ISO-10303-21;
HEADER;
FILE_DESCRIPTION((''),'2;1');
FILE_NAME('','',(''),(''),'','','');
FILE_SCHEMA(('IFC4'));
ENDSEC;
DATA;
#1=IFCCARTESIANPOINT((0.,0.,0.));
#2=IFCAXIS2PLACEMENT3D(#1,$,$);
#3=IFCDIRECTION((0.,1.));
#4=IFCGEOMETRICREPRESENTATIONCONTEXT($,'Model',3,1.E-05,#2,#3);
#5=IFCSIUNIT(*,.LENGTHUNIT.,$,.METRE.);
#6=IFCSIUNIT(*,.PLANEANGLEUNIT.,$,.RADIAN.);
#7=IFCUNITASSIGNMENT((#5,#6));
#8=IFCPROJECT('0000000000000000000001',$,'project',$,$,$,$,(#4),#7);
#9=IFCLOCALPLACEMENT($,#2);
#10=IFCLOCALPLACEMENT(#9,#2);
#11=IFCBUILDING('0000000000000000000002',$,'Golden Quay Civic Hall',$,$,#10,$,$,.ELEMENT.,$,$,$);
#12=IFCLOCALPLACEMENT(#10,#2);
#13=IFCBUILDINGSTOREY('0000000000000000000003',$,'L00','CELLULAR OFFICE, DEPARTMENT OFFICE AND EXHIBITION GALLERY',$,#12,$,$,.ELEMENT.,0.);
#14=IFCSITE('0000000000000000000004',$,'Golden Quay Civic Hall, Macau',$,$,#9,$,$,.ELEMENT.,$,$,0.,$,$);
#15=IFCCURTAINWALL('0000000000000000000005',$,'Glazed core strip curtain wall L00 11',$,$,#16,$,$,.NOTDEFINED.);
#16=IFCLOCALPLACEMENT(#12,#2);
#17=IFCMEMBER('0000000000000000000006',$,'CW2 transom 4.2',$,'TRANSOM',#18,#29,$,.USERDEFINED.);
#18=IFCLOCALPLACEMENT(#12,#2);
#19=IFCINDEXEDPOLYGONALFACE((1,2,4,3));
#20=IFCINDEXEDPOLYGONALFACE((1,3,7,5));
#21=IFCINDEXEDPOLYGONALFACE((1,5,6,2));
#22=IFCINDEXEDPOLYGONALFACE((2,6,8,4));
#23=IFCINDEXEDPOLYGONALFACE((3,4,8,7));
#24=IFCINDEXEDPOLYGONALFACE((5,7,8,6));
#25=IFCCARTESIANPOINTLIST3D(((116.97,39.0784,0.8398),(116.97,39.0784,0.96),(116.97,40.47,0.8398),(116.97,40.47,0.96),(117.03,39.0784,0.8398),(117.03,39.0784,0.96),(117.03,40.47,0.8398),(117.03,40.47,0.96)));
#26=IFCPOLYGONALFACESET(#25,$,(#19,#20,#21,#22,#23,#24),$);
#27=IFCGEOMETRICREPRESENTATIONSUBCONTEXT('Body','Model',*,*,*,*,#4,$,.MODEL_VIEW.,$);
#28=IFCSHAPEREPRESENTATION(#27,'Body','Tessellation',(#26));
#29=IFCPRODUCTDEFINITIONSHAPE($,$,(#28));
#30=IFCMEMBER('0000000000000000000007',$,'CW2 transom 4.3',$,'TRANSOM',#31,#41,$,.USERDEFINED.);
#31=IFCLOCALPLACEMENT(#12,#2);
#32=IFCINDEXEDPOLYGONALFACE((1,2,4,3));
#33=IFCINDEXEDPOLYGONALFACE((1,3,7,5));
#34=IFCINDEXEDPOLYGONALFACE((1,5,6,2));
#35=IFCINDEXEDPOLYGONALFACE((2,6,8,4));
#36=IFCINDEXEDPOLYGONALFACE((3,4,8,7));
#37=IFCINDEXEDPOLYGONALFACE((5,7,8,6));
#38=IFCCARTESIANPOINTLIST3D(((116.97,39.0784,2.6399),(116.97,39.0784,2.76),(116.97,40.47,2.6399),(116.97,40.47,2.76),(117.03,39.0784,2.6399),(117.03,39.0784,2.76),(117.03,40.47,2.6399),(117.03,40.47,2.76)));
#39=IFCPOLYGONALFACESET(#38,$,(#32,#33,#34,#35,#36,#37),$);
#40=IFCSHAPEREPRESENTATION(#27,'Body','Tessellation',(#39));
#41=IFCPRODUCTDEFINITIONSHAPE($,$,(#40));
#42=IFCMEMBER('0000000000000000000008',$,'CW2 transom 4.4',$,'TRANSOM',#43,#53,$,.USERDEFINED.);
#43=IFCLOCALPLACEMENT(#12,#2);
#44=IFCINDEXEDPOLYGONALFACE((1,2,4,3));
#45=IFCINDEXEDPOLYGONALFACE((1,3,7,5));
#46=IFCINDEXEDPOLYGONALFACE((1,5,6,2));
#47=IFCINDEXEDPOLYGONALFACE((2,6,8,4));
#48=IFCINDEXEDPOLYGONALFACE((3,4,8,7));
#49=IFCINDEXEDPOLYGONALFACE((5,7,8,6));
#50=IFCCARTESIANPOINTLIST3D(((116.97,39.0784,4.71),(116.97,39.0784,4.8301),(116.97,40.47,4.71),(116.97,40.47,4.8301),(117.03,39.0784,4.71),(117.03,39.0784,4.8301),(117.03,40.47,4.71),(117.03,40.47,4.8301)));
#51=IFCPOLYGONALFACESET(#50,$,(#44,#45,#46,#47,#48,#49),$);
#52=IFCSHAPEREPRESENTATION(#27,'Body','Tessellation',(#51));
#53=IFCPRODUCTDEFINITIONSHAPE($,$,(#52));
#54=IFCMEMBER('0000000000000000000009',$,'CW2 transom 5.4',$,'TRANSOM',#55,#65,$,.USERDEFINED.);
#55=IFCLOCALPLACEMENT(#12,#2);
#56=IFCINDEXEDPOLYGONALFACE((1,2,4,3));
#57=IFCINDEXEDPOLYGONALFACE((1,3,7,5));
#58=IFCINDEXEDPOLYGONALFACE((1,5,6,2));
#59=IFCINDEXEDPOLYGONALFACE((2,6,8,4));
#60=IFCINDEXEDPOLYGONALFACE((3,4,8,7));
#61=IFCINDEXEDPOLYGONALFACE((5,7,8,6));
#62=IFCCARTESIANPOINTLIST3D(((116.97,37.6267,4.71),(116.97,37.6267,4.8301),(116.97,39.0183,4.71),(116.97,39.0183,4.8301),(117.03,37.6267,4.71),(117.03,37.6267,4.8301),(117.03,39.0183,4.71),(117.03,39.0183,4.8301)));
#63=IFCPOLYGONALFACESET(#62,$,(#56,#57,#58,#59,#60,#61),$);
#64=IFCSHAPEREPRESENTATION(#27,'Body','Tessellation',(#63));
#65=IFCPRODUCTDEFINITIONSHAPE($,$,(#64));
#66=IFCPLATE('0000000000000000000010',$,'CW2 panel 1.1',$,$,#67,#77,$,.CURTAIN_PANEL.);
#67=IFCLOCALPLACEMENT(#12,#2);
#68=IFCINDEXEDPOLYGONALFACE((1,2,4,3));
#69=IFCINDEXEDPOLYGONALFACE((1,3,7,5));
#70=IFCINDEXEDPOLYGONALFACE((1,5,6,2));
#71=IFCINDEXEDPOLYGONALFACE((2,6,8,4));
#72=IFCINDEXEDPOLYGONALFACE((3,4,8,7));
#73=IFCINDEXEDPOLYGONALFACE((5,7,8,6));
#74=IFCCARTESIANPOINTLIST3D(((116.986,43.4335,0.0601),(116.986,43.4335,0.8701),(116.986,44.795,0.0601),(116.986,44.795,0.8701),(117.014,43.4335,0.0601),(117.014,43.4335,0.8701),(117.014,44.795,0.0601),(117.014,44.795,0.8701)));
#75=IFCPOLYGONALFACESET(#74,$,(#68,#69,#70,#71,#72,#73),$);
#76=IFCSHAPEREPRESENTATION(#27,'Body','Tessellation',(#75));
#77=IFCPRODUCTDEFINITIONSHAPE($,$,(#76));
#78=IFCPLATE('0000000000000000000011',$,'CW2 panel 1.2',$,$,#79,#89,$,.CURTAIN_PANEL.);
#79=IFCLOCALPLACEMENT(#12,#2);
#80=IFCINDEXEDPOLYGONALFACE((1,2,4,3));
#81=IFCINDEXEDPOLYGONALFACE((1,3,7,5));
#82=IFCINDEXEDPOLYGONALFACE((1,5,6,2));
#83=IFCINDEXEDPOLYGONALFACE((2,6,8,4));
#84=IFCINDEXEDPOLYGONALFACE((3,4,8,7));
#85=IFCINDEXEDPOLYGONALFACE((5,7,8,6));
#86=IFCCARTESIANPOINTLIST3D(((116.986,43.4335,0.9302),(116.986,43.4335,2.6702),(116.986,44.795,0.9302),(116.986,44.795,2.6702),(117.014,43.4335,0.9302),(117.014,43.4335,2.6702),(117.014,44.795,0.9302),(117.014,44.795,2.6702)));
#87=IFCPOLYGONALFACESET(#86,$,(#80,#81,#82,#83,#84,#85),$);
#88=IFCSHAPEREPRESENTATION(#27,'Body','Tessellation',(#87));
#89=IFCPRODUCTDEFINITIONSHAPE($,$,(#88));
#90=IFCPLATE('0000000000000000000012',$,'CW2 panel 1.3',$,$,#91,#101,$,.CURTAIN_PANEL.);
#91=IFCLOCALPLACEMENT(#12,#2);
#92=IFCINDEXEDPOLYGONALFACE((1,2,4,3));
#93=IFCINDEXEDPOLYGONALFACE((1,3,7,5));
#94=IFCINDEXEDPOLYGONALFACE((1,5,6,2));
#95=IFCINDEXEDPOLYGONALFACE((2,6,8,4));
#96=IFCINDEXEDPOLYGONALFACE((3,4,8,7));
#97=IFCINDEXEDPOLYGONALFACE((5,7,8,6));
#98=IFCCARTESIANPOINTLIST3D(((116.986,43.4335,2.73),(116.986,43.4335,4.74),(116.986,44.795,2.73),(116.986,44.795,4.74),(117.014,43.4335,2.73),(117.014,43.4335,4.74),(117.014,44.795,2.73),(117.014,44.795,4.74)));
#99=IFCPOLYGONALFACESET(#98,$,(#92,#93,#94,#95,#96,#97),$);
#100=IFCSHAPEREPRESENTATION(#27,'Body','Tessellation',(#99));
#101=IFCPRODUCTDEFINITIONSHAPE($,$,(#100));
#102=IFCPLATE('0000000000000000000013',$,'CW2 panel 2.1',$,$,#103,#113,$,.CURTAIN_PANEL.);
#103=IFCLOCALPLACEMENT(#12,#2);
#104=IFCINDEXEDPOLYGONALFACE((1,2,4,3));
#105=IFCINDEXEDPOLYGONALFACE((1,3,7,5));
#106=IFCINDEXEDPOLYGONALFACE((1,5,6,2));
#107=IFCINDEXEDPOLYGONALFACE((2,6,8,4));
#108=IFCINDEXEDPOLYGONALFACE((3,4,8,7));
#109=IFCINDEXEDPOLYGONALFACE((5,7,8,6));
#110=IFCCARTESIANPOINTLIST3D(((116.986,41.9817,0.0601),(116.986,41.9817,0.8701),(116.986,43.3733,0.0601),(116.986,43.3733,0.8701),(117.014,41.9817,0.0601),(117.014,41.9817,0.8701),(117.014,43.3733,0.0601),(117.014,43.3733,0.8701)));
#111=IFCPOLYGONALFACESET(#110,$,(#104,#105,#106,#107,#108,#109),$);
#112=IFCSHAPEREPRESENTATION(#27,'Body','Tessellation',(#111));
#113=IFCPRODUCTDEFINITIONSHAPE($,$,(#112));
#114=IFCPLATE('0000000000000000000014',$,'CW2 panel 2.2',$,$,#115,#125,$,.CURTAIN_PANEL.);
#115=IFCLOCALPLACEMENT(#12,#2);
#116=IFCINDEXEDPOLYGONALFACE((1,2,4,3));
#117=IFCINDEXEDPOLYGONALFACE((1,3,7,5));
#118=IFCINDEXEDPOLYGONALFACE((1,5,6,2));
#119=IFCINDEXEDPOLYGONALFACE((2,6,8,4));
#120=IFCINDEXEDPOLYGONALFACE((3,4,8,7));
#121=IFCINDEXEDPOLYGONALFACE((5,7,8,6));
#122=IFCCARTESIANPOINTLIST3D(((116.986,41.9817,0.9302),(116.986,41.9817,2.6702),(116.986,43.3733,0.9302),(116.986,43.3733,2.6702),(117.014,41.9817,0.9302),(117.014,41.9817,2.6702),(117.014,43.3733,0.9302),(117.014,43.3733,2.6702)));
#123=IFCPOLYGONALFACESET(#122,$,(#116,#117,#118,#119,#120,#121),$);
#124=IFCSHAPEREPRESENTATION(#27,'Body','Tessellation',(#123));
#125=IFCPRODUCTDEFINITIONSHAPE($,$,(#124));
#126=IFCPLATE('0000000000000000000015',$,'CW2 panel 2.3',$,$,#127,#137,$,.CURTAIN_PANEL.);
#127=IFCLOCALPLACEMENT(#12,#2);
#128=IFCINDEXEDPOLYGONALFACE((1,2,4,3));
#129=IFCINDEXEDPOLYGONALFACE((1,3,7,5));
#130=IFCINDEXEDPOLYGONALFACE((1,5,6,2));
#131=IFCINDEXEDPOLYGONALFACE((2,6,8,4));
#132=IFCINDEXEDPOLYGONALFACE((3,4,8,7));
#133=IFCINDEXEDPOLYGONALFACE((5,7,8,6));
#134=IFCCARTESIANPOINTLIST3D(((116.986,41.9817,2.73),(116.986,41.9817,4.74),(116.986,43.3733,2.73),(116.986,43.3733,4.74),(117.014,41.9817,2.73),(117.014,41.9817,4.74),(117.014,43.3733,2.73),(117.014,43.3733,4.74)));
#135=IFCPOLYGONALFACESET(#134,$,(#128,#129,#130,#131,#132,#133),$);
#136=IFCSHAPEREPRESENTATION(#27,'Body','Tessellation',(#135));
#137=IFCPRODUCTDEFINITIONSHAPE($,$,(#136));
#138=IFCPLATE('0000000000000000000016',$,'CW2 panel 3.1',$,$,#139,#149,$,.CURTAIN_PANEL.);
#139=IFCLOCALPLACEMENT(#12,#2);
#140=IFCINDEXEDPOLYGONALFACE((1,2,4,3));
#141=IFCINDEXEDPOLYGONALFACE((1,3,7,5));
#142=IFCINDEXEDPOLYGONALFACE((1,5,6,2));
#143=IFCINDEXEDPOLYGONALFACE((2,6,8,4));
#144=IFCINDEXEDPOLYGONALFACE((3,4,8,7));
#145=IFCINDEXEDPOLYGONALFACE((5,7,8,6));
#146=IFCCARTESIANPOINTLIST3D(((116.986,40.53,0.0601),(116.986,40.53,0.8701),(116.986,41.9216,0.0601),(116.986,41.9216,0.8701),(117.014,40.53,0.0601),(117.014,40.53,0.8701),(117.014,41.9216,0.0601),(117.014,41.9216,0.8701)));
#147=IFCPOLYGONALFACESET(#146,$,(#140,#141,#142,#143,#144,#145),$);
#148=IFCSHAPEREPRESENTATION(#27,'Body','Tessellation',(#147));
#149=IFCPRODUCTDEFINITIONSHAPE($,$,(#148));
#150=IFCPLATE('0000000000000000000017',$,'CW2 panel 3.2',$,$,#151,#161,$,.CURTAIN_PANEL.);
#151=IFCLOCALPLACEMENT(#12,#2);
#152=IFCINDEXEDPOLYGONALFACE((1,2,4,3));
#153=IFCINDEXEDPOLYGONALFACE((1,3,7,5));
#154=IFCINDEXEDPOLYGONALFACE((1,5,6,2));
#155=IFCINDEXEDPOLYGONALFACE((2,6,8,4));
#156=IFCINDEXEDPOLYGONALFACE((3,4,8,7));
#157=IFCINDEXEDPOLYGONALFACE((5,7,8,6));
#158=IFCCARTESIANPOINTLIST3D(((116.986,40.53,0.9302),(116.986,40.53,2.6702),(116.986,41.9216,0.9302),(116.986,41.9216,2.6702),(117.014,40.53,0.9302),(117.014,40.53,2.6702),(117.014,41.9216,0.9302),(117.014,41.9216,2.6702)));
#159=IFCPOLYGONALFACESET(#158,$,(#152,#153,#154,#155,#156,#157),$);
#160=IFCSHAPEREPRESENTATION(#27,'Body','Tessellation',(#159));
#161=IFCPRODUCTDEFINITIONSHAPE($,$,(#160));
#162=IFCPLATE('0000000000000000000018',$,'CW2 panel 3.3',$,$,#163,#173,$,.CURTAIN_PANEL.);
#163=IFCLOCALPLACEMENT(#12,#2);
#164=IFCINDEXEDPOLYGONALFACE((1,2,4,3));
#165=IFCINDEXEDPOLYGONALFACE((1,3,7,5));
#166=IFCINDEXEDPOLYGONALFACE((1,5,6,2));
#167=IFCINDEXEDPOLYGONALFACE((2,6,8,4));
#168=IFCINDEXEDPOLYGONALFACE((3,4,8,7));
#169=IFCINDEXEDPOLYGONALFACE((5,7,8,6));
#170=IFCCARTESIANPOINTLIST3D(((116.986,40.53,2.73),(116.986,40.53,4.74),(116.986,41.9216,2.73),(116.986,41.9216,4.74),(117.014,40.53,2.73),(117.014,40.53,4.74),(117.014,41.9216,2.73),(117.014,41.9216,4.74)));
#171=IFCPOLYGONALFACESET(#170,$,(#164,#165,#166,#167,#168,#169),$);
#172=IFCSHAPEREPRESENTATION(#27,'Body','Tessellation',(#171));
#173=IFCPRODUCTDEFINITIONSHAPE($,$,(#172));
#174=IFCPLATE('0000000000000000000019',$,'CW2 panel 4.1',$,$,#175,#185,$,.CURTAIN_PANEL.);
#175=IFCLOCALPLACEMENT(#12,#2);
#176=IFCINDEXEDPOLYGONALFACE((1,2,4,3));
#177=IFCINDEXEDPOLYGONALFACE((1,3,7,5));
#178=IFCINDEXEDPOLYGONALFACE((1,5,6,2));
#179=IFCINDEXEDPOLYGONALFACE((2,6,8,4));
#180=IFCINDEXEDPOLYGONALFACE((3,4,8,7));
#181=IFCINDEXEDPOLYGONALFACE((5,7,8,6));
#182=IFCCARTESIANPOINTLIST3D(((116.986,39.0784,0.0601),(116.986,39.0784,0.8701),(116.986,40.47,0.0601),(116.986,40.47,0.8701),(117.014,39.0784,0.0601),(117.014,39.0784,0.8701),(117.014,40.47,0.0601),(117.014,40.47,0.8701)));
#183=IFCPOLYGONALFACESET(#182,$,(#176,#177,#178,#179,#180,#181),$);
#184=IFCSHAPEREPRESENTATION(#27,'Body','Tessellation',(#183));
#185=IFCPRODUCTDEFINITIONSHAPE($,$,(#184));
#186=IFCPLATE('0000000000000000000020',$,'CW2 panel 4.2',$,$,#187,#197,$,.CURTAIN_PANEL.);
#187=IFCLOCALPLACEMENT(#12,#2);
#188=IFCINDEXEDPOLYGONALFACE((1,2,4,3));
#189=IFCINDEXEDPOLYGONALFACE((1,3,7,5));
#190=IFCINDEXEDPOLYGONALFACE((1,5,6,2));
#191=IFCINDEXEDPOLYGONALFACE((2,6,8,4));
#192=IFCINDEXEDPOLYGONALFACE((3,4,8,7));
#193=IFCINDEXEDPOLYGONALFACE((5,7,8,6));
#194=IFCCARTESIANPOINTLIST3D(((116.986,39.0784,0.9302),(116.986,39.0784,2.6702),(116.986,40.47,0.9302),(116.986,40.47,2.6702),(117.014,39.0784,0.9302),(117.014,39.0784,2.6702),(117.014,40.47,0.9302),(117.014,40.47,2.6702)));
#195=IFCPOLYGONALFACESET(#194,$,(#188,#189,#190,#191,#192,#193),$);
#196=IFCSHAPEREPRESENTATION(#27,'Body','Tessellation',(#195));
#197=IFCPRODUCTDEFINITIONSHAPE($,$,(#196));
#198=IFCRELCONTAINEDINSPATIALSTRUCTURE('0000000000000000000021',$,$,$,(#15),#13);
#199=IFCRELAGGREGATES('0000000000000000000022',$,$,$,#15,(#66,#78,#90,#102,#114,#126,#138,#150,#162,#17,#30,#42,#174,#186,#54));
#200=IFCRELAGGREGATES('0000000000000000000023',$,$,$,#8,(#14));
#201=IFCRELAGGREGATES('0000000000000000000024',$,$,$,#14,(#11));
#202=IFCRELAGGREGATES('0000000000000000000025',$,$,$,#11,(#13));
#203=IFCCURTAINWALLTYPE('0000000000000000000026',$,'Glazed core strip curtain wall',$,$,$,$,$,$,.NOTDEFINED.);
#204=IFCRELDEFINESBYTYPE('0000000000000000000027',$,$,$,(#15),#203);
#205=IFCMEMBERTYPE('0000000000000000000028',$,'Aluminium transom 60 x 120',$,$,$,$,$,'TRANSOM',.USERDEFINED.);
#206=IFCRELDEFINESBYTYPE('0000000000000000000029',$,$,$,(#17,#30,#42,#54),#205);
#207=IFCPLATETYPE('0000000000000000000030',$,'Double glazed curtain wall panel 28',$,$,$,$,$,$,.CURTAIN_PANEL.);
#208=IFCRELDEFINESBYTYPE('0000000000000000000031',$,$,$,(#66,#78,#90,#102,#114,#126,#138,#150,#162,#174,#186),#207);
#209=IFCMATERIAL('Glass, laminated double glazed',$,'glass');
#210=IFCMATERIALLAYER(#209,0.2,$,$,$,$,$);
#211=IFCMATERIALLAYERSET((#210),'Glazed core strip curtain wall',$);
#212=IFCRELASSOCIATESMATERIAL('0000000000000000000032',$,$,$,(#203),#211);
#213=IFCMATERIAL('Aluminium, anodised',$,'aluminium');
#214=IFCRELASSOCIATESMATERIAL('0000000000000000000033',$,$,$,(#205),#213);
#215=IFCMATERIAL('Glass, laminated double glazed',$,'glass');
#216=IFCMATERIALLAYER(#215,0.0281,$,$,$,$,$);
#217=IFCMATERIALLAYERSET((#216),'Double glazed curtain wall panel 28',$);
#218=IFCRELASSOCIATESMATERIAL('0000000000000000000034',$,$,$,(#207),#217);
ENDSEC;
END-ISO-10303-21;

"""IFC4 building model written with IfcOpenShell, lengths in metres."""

from ifc_helpers import new_model, si_unit, direction, frame, origin, origin_2d, place, context, subcontext, project, spatial, rectangle, extrude, material, layer, layer_set, material_profile, profile_set, type_object, element, aggregate, save


model = new_model("IFC4")

# Units and contexts
model_context = context("Model", 3, precision=1e-05, world=origin(), true_north=direction((0.0, 1.0)))
body_context = subcontext(model_context, "Body", "Model", "MODEL_VIEW")
ifc_project = project(units=[si_unit("LENGTHUNIT", "METRE"), si_unit("PLANEANGLEUNIT", "RADIAN")], contexts=[model_context])

# Site, building, storey
site_placement = place(None, origin())
site = spatial("IfcSite", under=ifc_project, at=site_placement, Name="Golden Quay Civic Hall, Macau", CompositionType="ELEMENT", RefElevation=0.0)
building_placement = place(site_placement, origin())
building = spatial("IfcBuilding", under=site, at=building_placement, Name="Golden Quay Civic Hall", CompositionType="ELEMENT")
storey_placement = place(building_placement, origin())
storey = spatial("IfcBuildingStorey", under=building, at=storey_placement, Name="L00", Description="CELLULAR OFFICE, DEPARTMENT OFFICE AND EXHIBITION GALLERY", CompositionType="ELEMENT", Elevation=0.0)

# Curtain wall, members, plates
ifc_material_1 = material(Name="Glass, laminated double glazed", Category="glass")
ifc_layer_1 = layer(ifc_material_1, 0.2)
ifc_layer_set_1 = layer_set([ifc_layer_1], Name="Glazed core strip curtain wall")
curtain_wall_type = type_object("IfcCurtainWallType", Name="Glazed core strip curtain wall", PredefinedType="NOTDEFINED", material=ifc_layer_set_1)
curtain_wall_placement = place(storey_placement, origin())
curtain_wall = element("IfcCurtainWall", 1, at=curtain_wall_placement, inside=storey, type_object=curtain_wall_type, Name="Glazed core strip curtain wall L00 11", PredefinedType="NOTDEFINED")
ifc_material_2 = material(Name="Aluminium, anodised", Category="aluminium")
ifc_material_profile_1 = material_profile(ifc_material_2, rectangle(XDim=0.0601, YDim=0.1201, at=origin_2d()), Name="Aluminium 60 x 120")
ifc_profile_set_1 = profile_set([ifc_material_profile_1], Name="Aluminium, anodised")
member_type_1 = type_object("IfcMemberType", Name="Aluminium transom 60 x 120", ElementType="TRANSOM", PredefinedType="USERDEFINED", material=ifc_profile_set_1)
member_1_placement = place(storey_placement, frame((117.0, 40.47, 0.8999), z_axis=(0.0, -1.0, 0.0), x_axis=(1.0, 0.0, 0.0)))
member_1 = element("IfcMember", 2, at=member_1_placement, type_object=member_type_1, Name="CW2 transom 4.2", ObjectType="TRANSOM", PredefinedType="USERDEFINED", context=body_context, shape_type="SweptSolid", body=[
    extrude(rectangle(XDim=0.0601, YDim=0.1201, at=origin_2d()), origin(), (0.0, 0.0, 1.0), 1.3916),
])
member_2_placement = place(storey_placement, frame((117.0, 40.47, 2.7), z_axis=(0.0, -1.0, 0.0), x_axis=(1.0, 0.0, 0.0)))
member_2 = element("IfcMember", 3, at=member_2_placement, type_object=member_type_1, Name="CW2 transom 4.3", ObjectType="TRANSOM", PredefinedType="USERDEFINED", context=body_context, shape_type="SweptSolid", body=[
    extrude(rectangle(XDim=0.0601, YDim=0.1201, at=origin_2d()), origin(), (0.0, 0.0, 1.0), 1.3916),
])
member_3_placement = place(storey_placement, frame((117.0, 40.47, 4.77), z_axis=(0.0, -1.0, 0.0), x_axis=(1.0, 0.0, 0.0)))
member_3 = element("IfcMember", 4, at=member_3_placement, type_object=member_type_1, Name="CW2 transom 4.4", ObjectType="TRANSOM", PredefinedType="USERDEFINED", context=body_context, shape_type="SweptSolid", body=[
    extrude(rectangle(XDim=0.0601, YDim=0.1201, at=origin_2d()), origin(), (0.0, 0.0, 1.0), 1.3916),
])
member_4_placement = place(storey_placement, frame((117.0, 39.0183, 4.77), z_axis=(0.0, -1.0, 0.0), x_axis=(1.0, 0.0, 0.0)))
member_4 = element("IfcMember", 5, at=member_4_placement, type_object=member_type_1, Name="CW2 transom 5.4", ObjectType="TRANSOM", PredefinedType="USERDEFINED", context=body_context, shape_type="SweptSolid", body=[
    extrude(rectangle(XDim=0.0601, YDim=0.1201, at=origin_2d()), origin(), (0.0, 0.0, 1.0), 1.3916),
])
ifc_material_3 = material(Name="Glass, laminated double glazed", Category="glass")
ifc_layer_2 = layer(ifc_material_3, 0.0281)
ifc_layer_set_2 = layer_set([ifc_layer_2], Name="Double glazed curtain wall panel 28")
plate_type = type_object("IfcPlateType", Name="Double glazed curtain wall panel 28", PredefinedType="CURTAIN_PANEL", material=ifc_layer_set_2)
plate_1_placement = place(storey_placement, frame((117.0, 44.1143, 0.0601), z_axis=(0.0, 0.0, 1.0), x_axis=(0.0, -1.0, 0.0)))
plate_1 = element("IfcPlate", 6, at=plate_1_placement, type_object=plate_type, Name="CW2 panel 1.1", PredefinedType="CURTAIN_PANEL", context=body_context, shape_type="SweptSolid", body=[
    extrude(rectangle(XDim=1.3616, YDim=0.0281, at=origin_2d()), origin(), (0.0, 0.0, 1.0), 0.8101),
])
plate_2_placement = place(storey_placement, frame((117.0, 44.1143, 0.9302), z_axis=(0.0, 0.0, 1.0), x_axis=(0.0, -1.0, 0.0)))
plate_2 = element("IfcPlate", 7, at=plate_2_placement, type_object=plate_type, Name="CW2 panel 1.2", PredefinedType="CURTAIN_PANEL", context=body_context, shape_type="SweptSolid", body=[
    extrude(rectangle(XDim=1.3616, YDim=0.0281, at=origin_2d()), origin(), (0.0, 0.0, 1.0), 1.74),
])
plate_3_placement = place(storey_placement, frame((117.0, 44.1143, 2.73), z_axis=(0.0, 0.0, 1.0), x_axis=(0.0, -1.0, 0.0)))
plate_3 = element("IfcPlate", 8, at=plate_3_placement, type_object=plate_type, Name="CW2 panel 1.3", PredefinedType="CURTAIN_PANEL", context=body_context, shape_type="SweptSolid", body=[
    extrude(rectangle(XDim=1.3616, YDim=0.0281, at=origin_2d()), origin(), (0.0, 0.0, 1.0), 2.01),
])
plate_4_placement = place(storey_placement, frame((117.0, 42.6775, 0.0601), z_axis=(0.0, 0.0, 1.0), x_axis=(0.0, -1.0, 0.0)))
plate_4 = element("IfcPlate", 9, at=plate_4_placement, type_object=plate_type, Name="CW2 panel 2.1", PredefinedType="CURTAIN_PANEL", context=body_context, shape_type="SweptSolid", body=[
    extrude(rectangle(XDim=1.3916, YDim=0.0281, at=origin_2d()), origin(), (0.0, 0.0, 1.0), 0.8101),
])
plate_5_placement = place(storey_placement, frame((117.0, 42.6775, 0.9302), z_axis=(0.0, 0.0, 1.0), x_axis=(0.0, -1.0, 0.0)))
plate_5 = element("IfcPlate", 10, at=plate_5_placement, type_object=plate_type, Name="CW2 panel 2.2", PredefinedType="CURTAIN_PANEL", context=body_context, shape_type="SweptSolid", body=[
    extrude(rectangle(XDim=1.3916, YDim=0.0281, at=origin_2d()), origin(), (0.0, 0.0, 1.0), 1.74),
])
plate_6_placement = place(storey_placement, frame((117.0, 42.6775, 2.73), z_axis=(0.0, 0.0, 1.0), x_axis=(0.0, -1.0, 0.0)))
plate_6 = element("IfcPlate", 11, at=plate_6_placement, type_object=plate_type, Name="CW2 panel 2.3", PredefinedType="CURTAIN_PANEL", context=body_context, shape_type="SweptSolid", body=[
    extrude(rectangle(XDim=1.3916, YDim=0.0281, at=origin_2d()), origin(), (0.0, 0.0, 1.0), 2.01),
])
plate_7_placement = place(storey_placement, frame((117.0, 41.2258, 0.0601), z_axis=(0.0, 0.0, 1.0), x_axis=(0.0, -1.0, 0.0)))
plate_7 = element("IfcPlate", 12, at=plate_7_placement, type_object=plate_type, Name="CW2 panel 3.1", PredefinedType="CURTAIN_PANEL", context=body_context, shape_type="SweptSolid", body=[
    extrude(rectangle(XDim=1.3916, YDim=0.0281, at=origin_2d()), origin(), (0.0, 0.0, 1.0), 0.8101),
])
plate_8_placement = place(storey_placement, frame((117.0, 41.2258, 0.9302), z_axis=(0.0, 0.0, 1.0), x_axis=(0.0, -1.0, 0.0)))
plate_8 = element("IfcPlate", 13, at=plate_8_placement, type_object=plate_type, Name="CW2 panel 3.2", PredefinedType="CURTAIN_PANEL", context=body_context, shape_type="SweptSolid", body=[
    extrude(rectangle(XDim=1.3916, YDim=0.0281, at=origin_2d()), origin(), (0.0, 0.0, 1.0), 1.74),
])
plate_9_placement = place(storey_placement, frame((117.0, 41.2258, 2.73), z_axis=(0.0, 0.0, 1.0), x_axis=(0.0, -1.0, 0.0)))
plate_9 = element("IfcPlate", 14, at=plate_9_placement, type_object=plate_type, Name="CW2 panel 3.3", PredefinedType="CURTAIN_PANEL", context=body_context, shape_type="SweptSolid", body=[
    extrude(rectangle(XDim=1.3916, YDim=0.0281, at=origin_2d()), origin(), (0.0, 0.0, 1.0), 2.01),
])
plate_10_placement = place(storey_placement, frame((117.0, 39.7742, 0.0601), z_axis=(0.0, 0.0, 1.0), x_axis=(0.0, -1.0, 0.0)))
plate_10 = element("IfcPlate", 15, at=plate_10_placement, type_object=plate_type, Name="CW2 panel 4.1", PredefinedType="CURTAIN_PANEL", context=body_context, shape_type="SweptSolid", body=[
    extrude(rectangle(XDim=1.3916, YDim=0.0281, at=origin_2d()), origin(), (0.0, 0.0, 1.0), 0.8101),
])
plate_11_placement = place(storey_placement, frame((117.0, 39.7742, 0.9302), z_axis=(0.0, 0.0, 1.0), x_axis=(0.0, -1.0, 0.0)))
plate_11 = element("IfcPlate", 16, at=plate_11_placement, type_object=plate_type, Name="CW2 panel 4.2", PredefinedType="CURTAIN_PANEL", context=body_context, shape_type="SweptSolid", body=[
    extrude(rectangle(XDim=1.3916, YDim=0.0281, at=origin_2d()), origin(), (0.0, 0.0, 1.0), 1.74),
])
aggregate(curtain_wall, [plate_1, plate_2, plate_3, plate_4, plate_5, plate_6, plate_7, plate_8, plate_9, member_1, member_2, member_3, plate_10, plate_11, member_4])

save(model, "model.ifc")
